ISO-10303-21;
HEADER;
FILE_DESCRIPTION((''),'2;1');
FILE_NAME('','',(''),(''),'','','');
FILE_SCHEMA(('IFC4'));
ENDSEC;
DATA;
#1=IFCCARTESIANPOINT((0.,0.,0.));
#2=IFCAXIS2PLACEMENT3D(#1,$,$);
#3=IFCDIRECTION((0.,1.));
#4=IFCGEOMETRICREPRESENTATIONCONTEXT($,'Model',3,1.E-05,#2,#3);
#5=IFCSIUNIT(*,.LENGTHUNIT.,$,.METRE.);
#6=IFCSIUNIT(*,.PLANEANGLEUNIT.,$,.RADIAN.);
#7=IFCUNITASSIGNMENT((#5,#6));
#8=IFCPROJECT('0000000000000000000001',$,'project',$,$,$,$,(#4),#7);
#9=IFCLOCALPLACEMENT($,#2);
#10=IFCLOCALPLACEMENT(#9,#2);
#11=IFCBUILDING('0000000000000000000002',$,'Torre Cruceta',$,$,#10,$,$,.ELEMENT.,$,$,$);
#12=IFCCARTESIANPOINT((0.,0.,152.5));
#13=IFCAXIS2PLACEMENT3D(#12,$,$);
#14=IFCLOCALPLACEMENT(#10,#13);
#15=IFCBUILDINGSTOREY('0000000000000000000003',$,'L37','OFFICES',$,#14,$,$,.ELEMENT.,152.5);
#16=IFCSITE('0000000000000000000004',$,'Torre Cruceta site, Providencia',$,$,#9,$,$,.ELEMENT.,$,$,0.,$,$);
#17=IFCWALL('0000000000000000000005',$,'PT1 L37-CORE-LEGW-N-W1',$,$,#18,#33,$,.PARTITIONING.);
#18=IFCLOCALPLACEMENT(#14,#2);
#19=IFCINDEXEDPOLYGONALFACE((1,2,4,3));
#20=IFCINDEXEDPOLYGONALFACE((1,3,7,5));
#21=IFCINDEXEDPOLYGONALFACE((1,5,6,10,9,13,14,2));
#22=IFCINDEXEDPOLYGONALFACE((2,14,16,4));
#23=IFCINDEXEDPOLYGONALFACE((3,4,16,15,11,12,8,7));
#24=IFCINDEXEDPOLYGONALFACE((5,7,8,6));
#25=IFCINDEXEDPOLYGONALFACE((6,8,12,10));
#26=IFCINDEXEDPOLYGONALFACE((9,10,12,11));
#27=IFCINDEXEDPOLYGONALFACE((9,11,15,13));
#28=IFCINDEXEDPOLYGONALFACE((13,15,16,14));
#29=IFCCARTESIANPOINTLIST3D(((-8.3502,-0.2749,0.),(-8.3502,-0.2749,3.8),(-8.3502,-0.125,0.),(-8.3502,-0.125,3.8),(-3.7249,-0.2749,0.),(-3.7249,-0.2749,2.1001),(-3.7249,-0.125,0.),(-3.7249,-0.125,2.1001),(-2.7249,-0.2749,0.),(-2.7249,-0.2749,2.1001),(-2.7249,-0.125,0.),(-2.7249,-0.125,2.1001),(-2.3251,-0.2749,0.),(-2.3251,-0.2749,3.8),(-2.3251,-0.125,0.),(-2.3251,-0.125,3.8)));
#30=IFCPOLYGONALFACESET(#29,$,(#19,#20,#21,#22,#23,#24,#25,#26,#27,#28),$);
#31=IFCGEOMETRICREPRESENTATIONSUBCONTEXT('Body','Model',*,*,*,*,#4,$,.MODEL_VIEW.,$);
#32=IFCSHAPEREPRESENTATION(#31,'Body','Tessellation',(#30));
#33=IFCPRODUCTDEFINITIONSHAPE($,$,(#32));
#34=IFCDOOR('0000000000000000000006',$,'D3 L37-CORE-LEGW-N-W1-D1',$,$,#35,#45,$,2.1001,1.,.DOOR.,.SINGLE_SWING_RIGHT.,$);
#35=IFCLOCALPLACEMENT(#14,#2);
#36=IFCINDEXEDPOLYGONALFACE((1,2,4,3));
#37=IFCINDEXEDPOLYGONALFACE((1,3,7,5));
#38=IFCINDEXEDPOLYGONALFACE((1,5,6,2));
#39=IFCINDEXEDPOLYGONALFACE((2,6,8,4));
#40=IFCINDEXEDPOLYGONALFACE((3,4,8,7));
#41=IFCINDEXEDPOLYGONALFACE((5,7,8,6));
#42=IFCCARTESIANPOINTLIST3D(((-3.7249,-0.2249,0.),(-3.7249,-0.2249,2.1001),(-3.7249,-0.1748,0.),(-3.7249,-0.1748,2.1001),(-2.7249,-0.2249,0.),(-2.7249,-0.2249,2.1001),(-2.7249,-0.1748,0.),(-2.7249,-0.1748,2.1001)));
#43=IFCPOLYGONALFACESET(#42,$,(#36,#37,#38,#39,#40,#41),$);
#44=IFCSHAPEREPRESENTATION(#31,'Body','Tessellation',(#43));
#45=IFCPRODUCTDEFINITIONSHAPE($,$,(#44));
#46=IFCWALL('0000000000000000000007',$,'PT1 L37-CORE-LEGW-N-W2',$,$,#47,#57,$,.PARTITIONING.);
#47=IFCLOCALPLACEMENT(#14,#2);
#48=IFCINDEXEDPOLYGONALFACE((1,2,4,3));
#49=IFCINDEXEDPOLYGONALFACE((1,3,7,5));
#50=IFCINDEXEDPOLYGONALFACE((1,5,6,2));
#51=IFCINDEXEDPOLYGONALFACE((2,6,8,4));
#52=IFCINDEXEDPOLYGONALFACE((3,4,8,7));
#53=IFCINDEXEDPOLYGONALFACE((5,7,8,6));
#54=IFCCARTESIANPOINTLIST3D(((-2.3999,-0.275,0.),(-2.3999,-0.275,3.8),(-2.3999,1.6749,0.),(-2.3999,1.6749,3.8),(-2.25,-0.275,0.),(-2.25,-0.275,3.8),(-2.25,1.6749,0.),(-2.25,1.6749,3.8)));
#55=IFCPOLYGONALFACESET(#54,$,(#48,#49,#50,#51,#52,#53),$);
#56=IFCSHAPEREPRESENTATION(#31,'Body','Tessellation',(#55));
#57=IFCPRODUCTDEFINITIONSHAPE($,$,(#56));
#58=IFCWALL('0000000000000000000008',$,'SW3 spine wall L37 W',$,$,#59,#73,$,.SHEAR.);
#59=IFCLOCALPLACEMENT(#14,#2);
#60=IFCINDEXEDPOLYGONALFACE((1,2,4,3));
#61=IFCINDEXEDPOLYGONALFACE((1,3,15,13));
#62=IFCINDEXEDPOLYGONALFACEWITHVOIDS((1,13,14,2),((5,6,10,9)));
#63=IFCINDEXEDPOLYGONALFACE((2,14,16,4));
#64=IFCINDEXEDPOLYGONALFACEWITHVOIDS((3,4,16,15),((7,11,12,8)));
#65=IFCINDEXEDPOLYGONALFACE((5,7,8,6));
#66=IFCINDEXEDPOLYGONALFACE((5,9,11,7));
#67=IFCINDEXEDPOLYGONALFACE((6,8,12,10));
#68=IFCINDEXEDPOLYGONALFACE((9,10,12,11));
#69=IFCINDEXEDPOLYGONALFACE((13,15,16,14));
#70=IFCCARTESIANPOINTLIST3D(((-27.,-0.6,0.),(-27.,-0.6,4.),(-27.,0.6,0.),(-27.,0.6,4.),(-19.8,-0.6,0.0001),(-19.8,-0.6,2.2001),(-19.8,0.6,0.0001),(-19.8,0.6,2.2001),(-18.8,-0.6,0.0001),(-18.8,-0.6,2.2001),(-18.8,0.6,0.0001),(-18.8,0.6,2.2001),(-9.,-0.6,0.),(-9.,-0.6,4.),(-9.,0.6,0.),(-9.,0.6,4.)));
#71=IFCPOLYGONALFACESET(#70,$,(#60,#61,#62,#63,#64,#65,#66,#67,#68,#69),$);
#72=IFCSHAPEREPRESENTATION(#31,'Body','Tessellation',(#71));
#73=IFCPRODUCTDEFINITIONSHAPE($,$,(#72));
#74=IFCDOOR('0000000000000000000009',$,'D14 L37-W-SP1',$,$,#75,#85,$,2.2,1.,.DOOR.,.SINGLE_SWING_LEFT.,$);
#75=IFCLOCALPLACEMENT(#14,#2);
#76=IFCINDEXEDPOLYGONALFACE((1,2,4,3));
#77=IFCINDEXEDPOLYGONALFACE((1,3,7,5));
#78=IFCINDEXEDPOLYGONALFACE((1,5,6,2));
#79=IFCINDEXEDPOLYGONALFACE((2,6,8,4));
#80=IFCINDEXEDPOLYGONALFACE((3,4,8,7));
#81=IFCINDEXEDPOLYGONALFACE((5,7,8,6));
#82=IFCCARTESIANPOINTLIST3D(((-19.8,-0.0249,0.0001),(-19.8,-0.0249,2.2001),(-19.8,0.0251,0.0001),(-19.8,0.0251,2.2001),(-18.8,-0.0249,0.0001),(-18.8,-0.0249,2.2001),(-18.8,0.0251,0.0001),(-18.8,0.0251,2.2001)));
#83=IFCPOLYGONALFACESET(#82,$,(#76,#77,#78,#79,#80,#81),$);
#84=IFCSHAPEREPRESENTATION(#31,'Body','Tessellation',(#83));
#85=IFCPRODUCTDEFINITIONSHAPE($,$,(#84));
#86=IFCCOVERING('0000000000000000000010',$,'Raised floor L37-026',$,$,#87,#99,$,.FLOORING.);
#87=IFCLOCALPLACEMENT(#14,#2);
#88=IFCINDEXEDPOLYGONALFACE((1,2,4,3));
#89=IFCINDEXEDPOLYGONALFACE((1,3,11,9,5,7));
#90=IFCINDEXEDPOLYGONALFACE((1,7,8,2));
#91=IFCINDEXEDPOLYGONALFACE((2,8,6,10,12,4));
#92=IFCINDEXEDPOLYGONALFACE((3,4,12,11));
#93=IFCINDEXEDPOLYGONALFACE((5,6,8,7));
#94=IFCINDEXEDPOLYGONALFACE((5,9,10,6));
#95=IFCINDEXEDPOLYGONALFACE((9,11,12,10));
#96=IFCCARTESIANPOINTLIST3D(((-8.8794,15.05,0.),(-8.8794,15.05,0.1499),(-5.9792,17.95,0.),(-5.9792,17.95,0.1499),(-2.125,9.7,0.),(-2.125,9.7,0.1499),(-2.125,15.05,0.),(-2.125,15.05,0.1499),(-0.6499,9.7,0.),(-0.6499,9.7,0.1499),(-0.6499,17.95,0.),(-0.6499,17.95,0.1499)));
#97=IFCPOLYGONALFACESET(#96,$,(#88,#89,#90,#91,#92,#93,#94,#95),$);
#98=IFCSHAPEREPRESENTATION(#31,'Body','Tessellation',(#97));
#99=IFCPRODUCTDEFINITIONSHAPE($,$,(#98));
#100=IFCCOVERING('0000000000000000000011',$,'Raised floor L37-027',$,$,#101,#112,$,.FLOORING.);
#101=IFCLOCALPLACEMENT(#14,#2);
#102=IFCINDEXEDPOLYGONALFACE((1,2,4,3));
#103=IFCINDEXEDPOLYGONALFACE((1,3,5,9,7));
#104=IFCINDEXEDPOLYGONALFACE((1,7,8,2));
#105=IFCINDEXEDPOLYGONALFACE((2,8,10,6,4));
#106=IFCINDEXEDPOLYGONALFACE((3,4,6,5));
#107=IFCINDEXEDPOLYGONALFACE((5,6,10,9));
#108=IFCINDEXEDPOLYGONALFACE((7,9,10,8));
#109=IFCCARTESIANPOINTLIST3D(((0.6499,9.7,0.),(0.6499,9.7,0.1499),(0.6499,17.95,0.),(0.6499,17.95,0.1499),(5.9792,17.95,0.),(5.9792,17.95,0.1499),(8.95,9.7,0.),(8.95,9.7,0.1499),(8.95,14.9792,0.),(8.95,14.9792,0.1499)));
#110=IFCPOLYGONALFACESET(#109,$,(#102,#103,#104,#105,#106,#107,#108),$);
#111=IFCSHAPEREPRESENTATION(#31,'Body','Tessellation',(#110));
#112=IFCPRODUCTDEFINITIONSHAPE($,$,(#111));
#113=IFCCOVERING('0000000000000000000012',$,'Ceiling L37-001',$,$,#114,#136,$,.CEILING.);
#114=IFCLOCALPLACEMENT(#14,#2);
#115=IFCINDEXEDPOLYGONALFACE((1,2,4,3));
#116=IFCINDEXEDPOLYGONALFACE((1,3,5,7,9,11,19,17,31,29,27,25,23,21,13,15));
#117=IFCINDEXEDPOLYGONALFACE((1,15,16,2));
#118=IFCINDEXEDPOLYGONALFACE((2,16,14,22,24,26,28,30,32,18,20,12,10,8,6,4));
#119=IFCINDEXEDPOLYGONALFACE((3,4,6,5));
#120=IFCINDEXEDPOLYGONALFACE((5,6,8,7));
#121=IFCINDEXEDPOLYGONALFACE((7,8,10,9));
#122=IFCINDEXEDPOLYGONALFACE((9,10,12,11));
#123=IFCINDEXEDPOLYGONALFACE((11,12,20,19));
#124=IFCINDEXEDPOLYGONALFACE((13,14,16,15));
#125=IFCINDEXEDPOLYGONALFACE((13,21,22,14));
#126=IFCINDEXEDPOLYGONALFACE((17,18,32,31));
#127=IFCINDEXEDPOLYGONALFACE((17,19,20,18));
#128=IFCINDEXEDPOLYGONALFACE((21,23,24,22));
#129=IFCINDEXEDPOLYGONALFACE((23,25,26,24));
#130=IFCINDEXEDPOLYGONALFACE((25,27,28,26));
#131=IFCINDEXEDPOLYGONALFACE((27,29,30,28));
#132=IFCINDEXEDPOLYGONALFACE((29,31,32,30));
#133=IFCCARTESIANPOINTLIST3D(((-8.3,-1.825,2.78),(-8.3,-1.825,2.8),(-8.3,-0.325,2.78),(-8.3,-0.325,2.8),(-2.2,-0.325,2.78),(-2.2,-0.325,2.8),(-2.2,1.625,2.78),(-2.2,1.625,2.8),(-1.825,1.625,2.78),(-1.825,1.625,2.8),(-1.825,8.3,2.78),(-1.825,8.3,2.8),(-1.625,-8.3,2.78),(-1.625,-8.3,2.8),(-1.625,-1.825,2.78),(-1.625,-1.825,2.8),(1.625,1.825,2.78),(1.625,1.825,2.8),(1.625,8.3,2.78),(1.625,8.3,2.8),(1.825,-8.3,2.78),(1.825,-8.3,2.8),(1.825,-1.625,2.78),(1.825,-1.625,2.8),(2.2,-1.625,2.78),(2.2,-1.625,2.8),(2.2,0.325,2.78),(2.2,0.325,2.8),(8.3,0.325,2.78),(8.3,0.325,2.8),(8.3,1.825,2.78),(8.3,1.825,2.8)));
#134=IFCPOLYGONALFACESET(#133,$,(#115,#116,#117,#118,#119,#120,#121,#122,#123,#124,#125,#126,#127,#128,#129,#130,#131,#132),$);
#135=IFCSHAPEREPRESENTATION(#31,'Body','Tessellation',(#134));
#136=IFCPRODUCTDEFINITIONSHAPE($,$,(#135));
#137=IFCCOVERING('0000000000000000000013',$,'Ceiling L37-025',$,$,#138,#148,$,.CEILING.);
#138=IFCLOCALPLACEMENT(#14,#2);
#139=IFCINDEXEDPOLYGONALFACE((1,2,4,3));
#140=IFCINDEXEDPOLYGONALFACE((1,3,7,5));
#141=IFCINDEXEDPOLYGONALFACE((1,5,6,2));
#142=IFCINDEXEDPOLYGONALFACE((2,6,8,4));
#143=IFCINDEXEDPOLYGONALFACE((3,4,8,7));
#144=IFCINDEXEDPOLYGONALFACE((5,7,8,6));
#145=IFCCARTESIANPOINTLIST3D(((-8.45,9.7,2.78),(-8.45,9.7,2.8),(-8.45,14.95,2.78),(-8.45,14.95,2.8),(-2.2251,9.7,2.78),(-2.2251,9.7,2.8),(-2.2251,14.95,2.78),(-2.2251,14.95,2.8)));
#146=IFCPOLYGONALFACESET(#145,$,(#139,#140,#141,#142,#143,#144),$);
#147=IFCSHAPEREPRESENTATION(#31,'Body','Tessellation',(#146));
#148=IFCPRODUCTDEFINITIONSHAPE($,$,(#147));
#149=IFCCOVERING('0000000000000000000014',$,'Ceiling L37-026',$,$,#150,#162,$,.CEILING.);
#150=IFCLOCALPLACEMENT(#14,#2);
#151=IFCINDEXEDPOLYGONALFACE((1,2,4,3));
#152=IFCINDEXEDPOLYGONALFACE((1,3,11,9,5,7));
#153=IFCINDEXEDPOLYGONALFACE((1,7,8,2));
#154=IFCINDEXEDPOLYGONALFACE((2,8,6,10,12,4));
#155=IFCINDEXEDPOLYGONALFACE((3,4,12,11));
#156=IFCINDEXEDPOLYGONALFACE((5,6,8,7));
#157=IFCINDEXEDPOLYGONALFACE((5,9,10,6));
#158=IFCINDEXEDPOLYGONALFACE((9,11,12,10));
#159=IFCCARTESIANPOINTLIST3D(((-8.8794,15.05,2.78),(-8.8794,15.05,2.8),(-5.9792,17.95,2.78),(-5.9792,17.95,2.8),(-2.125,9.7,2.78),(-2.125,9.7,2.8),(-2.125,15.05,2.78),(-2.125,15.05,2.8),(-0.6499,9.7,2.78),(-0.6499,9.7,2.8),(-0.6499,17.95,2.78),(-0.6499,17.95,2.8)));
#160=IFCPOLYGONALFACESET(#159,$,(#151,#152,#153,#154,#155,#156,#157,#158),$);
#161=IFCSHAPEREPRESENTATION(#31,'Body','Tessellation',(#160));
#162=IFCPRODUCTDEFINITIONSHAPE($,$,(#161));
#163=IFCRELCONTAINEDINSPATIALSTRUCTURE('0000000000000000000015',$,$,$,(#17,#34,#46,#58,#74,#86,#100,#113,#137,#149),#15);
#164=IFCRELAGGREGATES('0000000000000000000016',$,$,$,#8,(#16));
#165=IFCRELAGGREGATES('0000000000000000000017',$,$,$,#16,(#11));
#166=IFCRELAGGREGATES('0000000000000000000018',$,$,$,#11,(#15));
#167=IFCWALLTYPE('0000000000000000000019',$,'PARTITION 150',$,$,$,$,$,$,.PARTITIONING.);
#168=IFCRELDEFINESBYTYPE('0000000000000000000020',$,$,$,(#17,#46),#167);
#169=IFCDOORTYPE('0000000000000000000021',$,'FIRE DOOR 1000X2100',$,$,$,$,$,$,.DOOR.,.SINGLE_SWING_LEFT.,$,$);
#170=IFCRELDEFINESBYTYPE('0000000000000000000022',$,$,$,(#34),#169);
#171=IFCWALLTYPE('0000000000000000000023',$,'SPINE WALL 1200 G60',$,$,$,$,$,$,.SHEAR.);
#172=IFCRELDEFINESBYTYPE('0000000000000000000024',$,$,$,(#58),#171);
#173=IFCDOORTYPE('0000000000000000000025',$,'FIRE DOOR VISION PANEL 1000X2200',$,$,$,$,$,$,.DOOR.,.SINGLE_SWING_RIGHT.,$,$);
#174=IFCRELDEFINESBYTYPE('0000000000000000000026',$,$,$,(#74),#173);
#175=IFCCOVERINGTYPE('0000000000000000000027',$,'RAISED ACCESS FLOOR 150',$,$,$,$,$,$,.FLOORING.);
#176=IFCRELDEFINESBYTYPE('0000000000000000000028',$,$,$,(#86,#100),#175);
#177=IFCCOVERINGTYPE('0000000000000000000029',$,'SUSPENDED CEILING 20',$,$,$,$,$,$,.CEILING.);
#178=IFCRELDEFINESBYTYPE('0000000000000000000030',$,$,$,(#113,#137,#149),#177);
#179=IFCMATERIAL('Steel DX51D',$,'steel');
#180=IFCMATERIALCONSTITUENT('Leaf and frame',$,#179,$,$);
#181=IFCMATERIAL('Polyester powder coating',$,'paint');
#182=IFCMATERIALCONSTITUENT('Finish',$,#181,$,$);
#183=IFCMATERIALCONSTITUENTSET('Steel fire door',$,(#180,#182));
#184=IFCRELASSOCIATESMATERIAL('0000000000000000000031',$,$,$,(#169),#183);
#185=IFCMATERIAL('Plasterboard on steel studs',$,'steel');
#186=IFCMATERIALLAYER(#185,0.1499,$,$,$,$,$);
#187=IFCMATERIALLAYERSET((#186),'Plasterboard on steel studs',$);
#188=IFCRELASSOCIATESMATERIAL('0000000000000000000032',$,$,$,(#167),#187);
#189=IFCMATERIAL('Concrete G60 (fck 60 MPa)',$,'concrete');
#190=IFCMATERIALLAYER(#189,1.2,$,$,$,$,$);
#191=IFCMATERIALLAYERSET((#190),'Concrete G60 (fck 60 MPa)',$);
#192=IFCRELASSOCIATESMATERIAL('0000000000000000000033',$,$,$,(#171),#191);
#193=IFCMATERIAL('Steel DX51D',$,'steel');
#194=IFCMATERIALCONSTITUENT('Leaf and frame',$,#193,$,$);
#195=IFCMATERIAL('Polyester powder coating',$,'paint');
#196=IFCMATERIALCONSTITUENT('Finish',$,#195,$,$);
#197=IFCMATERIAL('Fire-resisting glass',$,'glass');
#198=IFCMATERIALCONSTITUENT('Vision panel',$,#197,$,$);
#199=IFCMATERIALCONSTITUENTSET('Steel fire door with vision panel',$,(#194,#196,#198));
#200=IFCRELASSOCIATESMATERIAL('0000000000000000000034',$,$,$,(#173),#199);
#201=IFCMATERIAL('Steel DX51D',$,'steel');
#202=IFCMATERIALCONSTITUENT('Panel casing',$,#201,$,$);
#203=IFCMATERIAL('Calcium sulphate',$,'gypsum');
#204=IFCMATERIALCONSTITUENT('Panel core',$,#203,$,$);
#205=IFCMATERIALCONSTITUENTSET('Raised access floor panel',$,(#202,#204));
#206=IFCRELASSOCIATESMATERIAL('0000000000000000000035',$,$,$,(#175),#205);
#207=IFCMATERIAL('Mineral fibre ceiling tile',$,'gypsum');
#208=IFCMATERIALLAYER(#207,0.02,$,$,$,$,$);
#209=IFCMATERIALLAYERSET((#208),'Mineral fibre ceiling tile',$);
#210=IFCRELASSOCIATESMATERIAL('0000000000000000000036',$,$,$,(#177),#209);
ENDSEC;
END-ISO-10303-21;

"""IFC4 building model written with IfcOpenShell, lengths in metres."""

from ifc_helpers import new_model, si_unit, direction, frame, frame_2d, origin, place, context, subcontext, project, spatial, polyline, rectangle, outline, extrude, material, layer, layer_set, constituent, constituent_set, type_object, element, fill, save


model = new_model("IFC4")

# Units and contexts
model_context = context("Model", 3, precision=1e-05, world=origin(), true_north=direction((0.0, 1.0)))
body_context = subcontext(model_context, "Body", "Model", "MODEL_VIEW")
ifc_project = project(units=[si_unit("LENGTHUNIT", "METRE"), si_unit("PLANEANGLEUNIT", "RADIAN")], contexts=[model_context])

# Site, building, storey
site_placement = place(None, origin())
site = spatial("IfcSite", under=ifc_project, at=site_placement, Name="Torre Cruceta site, Providencia", CompositionType="ELEMENT", RefElevation=0.0)
building_placement = place(site_placement, origin())
building = spatial("IfcBuilding", under=site, at=building_placement, Name="Torre Cruceta", CompositionType="ELEMENT")
storey_placement = place(building_placement, frame((0.0, 0.0, 152.5)))
storey = spatial("IfcBuildingStorey", under=building, at=storey_placement, Name="L37", Description="OFFICES", CompositionType="ELEMENT", Elevation=152.5)

# Shared definitions
ifc_material_1 = material(Name="Steel DX51D", Category="steel")
ifc_constituent_1 = constituent(ifc_material_1, Name="Leaf and frame")
ifc_material_2 = material(Name="Polyester powder coating", Category="paint")
ifc_constituent_2 = constituent(ifc_material_2, Name="Finish")
ifc_constituent_set_1 = constituent_set(constituents=[ifc_constituent_1, ifc_constituent_2], Name="Steel fire door")
door_type_1 = type_object("IfcDoorType", Name="FIRE DOOR 1000X2100", OperationType="SINGLE_SWING_LEFT", PredefinedType="DOOR", material=ifc_constituent_set_1)

# Wall, opening, door
ifc_material_3 = material(Name="Plasterboard on steel studs", Category="steel")
ifc_layer_1 = layer(ifc_material_3, 0.1499)
ifc_layer_set_1 = layer_set([ifc_layer_1], Name="Plasterboard on steel studs")
wall_type_1 = type_object("IfcWallType", Name="PARTITION 150", PredefinedType="PARTITIONING", material=ifc_layer_set_1)
wall_1_placement = place(storey_placement, frame((-2.325, -0.2, 0.0), z_axis=(0.0, 0.0, 1.0), x_axis=(-1.0, 0.0, 0.0)))
wall_1 = element("IfcWall", 1, at=wall_1_placement, inside=storey, type_object=wall_type_1, Name="PT1 L37-CORE-LEGW-N-W1", PredefinedType="PARTITIONING", context=body_context, shape_type="SweptSolid", body=[
    extrude(rectangle(XDim=6.0251, YDim=0.1499, at=frame_2d((3.0127, 0.0))), origin(), (0.0, 0.0, 1.0), 3.8),
])
opening_1_placement = place(wall_1_placement, frame((0.3999, 0.0, 0.0)))
opening_1 = element("IfcOpeningElement", 2, at=opening_1_placement, cuts=wall_1, PredefinedType="OPENING", context=body_context, shape_type="SweptSolid", body=[
    extrude(rectangle(XDim=1.0, YDim=2.1001, at=frame_2d((0.5, 1.05))), frame((0.0, 0.085, 0.0), z_axis=(0.0, -1.0, 0.0), x_axis=(1.0, 0.0, 0.0)), (0.0, 0.0, 1.0), 0.1699),
])
door_1_placement = place(opening_1_placement, frame((1.0, 0.0, 0.0), z_axis=(0.0, 0.0, 1.0), x_axis=(-1.0, 0.0, 0.0)))
door_1 = element("IfcDoor", 3, at=door_1_placement, inside=storey, type_object=door_type_1, Name="D3 L37-CORE-LEGW-N-W1-D1", OperationType="SINGLE_SWING_RIGHT", OverallHeight=2.1001, OverallWidth=1.0, PredefinedType="DOOR", context=body_context, shape_type="SweptSolid", body=[
    extrude(rectangle(XDim=1.0, YDim=2.1001, at=frame_2d((0.5, 1.05))), frame((0.0, 0.0251, 0.0), z_axis=(0.0, -1.0, 0.0), x_axis=(1.0, 0.0, 0.0)), (0.0, 0.0, 1.0), 0.05),
])
fill(opening_1, door_1)

# Wall
wall_2_placement = place(storey_placement, frame((-2.325, 1.675, 0.0), z_axis=(0.0, 0.0, 1.0), x_axis=(0.0, -1.0, 0.0)))
element("IfcWall", 4, at=wall_2_placement, inside=storey, type_object=wall_type_1, Name="PT1 L37-CORE-LEGW-N-W2", PredefinedType="PARTITIONING", context=body_context, shape_type="SweptSolid", body=[
    extrude(rectangle(XDim=1.95, YDim=0.1499, at=frame_2d((0.9751, 0.0))), origin(), (0.0, 0.0, 1.0), 3.8),
])

# Wall, opening, door
ifc_material_4 = material(Name="Concrete G60 (fck 60 MPa)", Category="concrete")
ifc_layer_2 = layer(ifc_material_4, 1.2)
ifc_layer_set_2 = layer_set([ifc_layer_2], Name="Concrete G60 (fck 60 MPa)")
wall_type_2 = type_object("IfcWallType", Name="SPINE WALL 1200 G60", PredefinedType="SHEAR", material=ifc_layer_set_2)
wall_3_placement = place(storey_placement, frame((-9.0, 0.0, 0.0), z_axis=(0.0, 0.0, 1.0), x_axis=(-1.0, 0.0, 0.0)))
wall_3 = element("IfcWall", 5, at=wall_3_placement, inside=storey, type_object=wall_type_2, Name="SW3 spine wall L37 W", PredefinedType="SHEAR", context=body_context, shape_type="SweptSolid", body=[
    extrude(rectangle(XDim=18.0, YDim=1.2, at=frame_2d((9.0, 0.0))), origin(), (0.0, 0.0, 1.0), 4.0),
])
opening_2_placement = place(wall_3_placement, frame((9.8, 0.0, 0.0)))
opening_2 = element("IfcOpeningElement", 6, at=opening_2_placement, cuts=wall_3, PredefinedType="OPENING", context=body_context, shape_type="SweptSolid", body=[
    extrude(rectangle(XDim=1.0, YDim=2.2, at=frame_2d((0.5, 1.1001))), frame((0.0, 0.6099, 0.0), z_axis=(0.0, -1.0, 0.0), x_axis=(1.0, 0.0, 0.0)), (0.0, 0.0, 1.0), 1.22),
])
ifc_material_5 = material(Name="Steel DX51D", Category="steel")
ifc_constituent_3 = constituent(ifc_material_5, Name="Leaf and frame")
ifc_material_6 = material(Name="Polyester powder coating", Category="paint")
ifc_constituent_4 = constituent(ifc_material_6, Name="Finish")
ifc_material_7 = material(Name="Fire-resisting glass", Category="glass")
ifc_constituent_5 = constituent(ifc_material_7, Name="Vision panel")
ifc_constituent_set_2 = constituent_set(constituents=[ifc_constituent_3, ifc_constituent_4, ifc_constituent_5], Name="Steel fire door with vision panel")
door_type_2 = type_object("IfcDoorType", Name="FIRE DOOR VISION PANEL 1000X2200", OperationType="SINGLE_SWING_RIGHT", PredefinedType="DOOR", material=ifc_constituent_set_2)
door_2_placement = place(opening_2_placement, frame((1.0, 0.0, 0.0), z_axis=(0.0, 0.0, 1.0), x_axis=(-1.0, 0.0, 0.0)))
door_2 = element("IfcDoor", 7, at=door_2_placement, inside=storey, type_object=door_type_2, Name="D14 L37-W-SP1", OperationType="SINGLE_SWING_LEFT", OverallHeight=2.2, OverallWidth=1.0, PredefinedType="DOOR", context=body_context, shape_type="SweptSolid", body=[
    extrude(rectangle(XDim=1.0, YDim=2.2, at=frame_2d((0.5, 1.1001))), frame((0.0, 0.0251, 0.0), z_axis=(0.0, -1.0, 0.0), x_axis=(1.0, 0.0, 0.0)), (0.0, 0.0, 1.0), 0.05),
])
fill(opening_2, door_2)

# Coverings
ifc_material_8 = material(Name="Steel DX51D", Category="steel")
ifc_constituent_6 = constituent(ifc_material_8, Name="Panel casing")
ifc_material_9 = material(Name="Calcium sulphate", Category="gypsum")
ifc_constituent_7 = constituent(ifc_material_9, Name="Panel core")
ifc_constituent_set_3 = constituent_set(constituents=[ifc_constituent_6, ifc_constituent_7], Name="Raised access floor panel")
covering_type_1 = type_object("IfcCoveringType", Name="RAISED ACCESS FLOOR 150", PredefinedType="FLOORING", material=ifc_constituent_set_3)
covering_1_placement = place(storey_placement, origin())
element("IfcCovering", 8, at=covering_1_placement, inside=storey, type_object=covering_type_1, Name="Raised floor L37-026", PredefinedType="FLOORING", context=body_context, shape_type="SweptSolid", body=[
    extrude(outline(polyline([(-0.6499, 17.95), (-0.6499, 9.7), (-2.125, 9.7), (-2.125, 15.05), (-8.8794, 15.05), (-5.9792, 17.95), (-0.6499, 17.95)])), origin(), (0.0, 0.0, 1.0), 0.1499),
])
covering_2_placement = place(storey_placement, origin())
element("IfcCovering", 9, at=covering_2_placement, inside=storey, type_object=covering_type_1, Name="Raised floor L37-027", PredefinedType="FLOORING", context=body_context, shape_type="SweptSolid", body=[
    extrude(outline(polyline([(5.9792, 17.95), (8.95, 14.9792), (8.95, 9.7), (0.6499, 9.7), (0.6499, 17.95), (5.9792, 17.95)])), origin(), (0.0, 0.0, 1.0), 0.1499),
])
ifc_material_10 = material(Name="Mineral fibre ceiling tile", Category="gypsum")
ifc_layer_3 = layer(ifc_material_10, 0.02)
ifc_layer_set_3 = layer_set([ifc_layer_3], Name="Mineral fibre ceiling tile")
covering_type_2 = type_object("IfcCoveringType", Name="SUSPENDED CEILING 20", PredefinedType="CEILING", material=ifc_layer_set_3)
covering_3_placement = place(storey_placement, frame((0.0, 0.0, 2.78)))
element("IfcCovering", 10, at=covering_3_placement, inside=storey, type_object=covering_type_2, Name="Ceiling L37-001", PredefinedType="CEILING", context=body_context, shape_type="SweptSolid", body=[
    extrude(outline(polyline([(1.825, -8.3), (-1.625, -8.3), (-1.625, -1.825), (-8.3, -1.825), (-8.3, -0.325), (-2.2, -0.325), (-2.2, 1.625), (-1.825, 1.625), (-1.825, 8.3), (1.625, 8.3), (1.625, 1.825), (8.3, 1.825), (8.3, 0.325), (2.2, 0.325), (2.2, -1.625), (1.825, -1.625), (1.825, -8.3)])), origin(), (0.0, 0.0, 1.0), 0.02),
])
covering_4_placement = place(storey_placement, frame((0.0, 0.0, 2.78)))
element("IfcCovering", 11, at=covering_4_placement, inside=storey, type_object=covering_type_2, Name="Ceiling L37-025", PredefinedType="CEILING", context=body_context, shape_type="SweptSolid", body=[
    extrude(outline(polyline([(-2.2251, 9.7), (-8.45, 9.7), (-8.45, 14.95), (-2.2251, 14.95), (-2.2251, 9.7)])), origin(), (0.0, 0.0, 1.0), 0.02),
])
covering_5_placement = place(storey_placement, frame((0.0, 0.0, 2.78)))
element("IfcCovering", 12, at=covering_5_placement, inside=storey, type_object=covering_type_2, Name="Ceiling L37-026", PredefinedType="CEILING", context=body_context, shape_type="SweptSolid", body=[
    extrude(outline(polyline([(-0.6499, 17.95), (-0.6499, 9.7), (-2.125, 9.7), (-2.125, 15.05), (-8.8794, 15.05), (-5.9792, 17.95), (-0.6499, 17.95)])), origin(), (0.0, 0.0, 1.0), 0.02),
])

save(model, "model.ifc")
